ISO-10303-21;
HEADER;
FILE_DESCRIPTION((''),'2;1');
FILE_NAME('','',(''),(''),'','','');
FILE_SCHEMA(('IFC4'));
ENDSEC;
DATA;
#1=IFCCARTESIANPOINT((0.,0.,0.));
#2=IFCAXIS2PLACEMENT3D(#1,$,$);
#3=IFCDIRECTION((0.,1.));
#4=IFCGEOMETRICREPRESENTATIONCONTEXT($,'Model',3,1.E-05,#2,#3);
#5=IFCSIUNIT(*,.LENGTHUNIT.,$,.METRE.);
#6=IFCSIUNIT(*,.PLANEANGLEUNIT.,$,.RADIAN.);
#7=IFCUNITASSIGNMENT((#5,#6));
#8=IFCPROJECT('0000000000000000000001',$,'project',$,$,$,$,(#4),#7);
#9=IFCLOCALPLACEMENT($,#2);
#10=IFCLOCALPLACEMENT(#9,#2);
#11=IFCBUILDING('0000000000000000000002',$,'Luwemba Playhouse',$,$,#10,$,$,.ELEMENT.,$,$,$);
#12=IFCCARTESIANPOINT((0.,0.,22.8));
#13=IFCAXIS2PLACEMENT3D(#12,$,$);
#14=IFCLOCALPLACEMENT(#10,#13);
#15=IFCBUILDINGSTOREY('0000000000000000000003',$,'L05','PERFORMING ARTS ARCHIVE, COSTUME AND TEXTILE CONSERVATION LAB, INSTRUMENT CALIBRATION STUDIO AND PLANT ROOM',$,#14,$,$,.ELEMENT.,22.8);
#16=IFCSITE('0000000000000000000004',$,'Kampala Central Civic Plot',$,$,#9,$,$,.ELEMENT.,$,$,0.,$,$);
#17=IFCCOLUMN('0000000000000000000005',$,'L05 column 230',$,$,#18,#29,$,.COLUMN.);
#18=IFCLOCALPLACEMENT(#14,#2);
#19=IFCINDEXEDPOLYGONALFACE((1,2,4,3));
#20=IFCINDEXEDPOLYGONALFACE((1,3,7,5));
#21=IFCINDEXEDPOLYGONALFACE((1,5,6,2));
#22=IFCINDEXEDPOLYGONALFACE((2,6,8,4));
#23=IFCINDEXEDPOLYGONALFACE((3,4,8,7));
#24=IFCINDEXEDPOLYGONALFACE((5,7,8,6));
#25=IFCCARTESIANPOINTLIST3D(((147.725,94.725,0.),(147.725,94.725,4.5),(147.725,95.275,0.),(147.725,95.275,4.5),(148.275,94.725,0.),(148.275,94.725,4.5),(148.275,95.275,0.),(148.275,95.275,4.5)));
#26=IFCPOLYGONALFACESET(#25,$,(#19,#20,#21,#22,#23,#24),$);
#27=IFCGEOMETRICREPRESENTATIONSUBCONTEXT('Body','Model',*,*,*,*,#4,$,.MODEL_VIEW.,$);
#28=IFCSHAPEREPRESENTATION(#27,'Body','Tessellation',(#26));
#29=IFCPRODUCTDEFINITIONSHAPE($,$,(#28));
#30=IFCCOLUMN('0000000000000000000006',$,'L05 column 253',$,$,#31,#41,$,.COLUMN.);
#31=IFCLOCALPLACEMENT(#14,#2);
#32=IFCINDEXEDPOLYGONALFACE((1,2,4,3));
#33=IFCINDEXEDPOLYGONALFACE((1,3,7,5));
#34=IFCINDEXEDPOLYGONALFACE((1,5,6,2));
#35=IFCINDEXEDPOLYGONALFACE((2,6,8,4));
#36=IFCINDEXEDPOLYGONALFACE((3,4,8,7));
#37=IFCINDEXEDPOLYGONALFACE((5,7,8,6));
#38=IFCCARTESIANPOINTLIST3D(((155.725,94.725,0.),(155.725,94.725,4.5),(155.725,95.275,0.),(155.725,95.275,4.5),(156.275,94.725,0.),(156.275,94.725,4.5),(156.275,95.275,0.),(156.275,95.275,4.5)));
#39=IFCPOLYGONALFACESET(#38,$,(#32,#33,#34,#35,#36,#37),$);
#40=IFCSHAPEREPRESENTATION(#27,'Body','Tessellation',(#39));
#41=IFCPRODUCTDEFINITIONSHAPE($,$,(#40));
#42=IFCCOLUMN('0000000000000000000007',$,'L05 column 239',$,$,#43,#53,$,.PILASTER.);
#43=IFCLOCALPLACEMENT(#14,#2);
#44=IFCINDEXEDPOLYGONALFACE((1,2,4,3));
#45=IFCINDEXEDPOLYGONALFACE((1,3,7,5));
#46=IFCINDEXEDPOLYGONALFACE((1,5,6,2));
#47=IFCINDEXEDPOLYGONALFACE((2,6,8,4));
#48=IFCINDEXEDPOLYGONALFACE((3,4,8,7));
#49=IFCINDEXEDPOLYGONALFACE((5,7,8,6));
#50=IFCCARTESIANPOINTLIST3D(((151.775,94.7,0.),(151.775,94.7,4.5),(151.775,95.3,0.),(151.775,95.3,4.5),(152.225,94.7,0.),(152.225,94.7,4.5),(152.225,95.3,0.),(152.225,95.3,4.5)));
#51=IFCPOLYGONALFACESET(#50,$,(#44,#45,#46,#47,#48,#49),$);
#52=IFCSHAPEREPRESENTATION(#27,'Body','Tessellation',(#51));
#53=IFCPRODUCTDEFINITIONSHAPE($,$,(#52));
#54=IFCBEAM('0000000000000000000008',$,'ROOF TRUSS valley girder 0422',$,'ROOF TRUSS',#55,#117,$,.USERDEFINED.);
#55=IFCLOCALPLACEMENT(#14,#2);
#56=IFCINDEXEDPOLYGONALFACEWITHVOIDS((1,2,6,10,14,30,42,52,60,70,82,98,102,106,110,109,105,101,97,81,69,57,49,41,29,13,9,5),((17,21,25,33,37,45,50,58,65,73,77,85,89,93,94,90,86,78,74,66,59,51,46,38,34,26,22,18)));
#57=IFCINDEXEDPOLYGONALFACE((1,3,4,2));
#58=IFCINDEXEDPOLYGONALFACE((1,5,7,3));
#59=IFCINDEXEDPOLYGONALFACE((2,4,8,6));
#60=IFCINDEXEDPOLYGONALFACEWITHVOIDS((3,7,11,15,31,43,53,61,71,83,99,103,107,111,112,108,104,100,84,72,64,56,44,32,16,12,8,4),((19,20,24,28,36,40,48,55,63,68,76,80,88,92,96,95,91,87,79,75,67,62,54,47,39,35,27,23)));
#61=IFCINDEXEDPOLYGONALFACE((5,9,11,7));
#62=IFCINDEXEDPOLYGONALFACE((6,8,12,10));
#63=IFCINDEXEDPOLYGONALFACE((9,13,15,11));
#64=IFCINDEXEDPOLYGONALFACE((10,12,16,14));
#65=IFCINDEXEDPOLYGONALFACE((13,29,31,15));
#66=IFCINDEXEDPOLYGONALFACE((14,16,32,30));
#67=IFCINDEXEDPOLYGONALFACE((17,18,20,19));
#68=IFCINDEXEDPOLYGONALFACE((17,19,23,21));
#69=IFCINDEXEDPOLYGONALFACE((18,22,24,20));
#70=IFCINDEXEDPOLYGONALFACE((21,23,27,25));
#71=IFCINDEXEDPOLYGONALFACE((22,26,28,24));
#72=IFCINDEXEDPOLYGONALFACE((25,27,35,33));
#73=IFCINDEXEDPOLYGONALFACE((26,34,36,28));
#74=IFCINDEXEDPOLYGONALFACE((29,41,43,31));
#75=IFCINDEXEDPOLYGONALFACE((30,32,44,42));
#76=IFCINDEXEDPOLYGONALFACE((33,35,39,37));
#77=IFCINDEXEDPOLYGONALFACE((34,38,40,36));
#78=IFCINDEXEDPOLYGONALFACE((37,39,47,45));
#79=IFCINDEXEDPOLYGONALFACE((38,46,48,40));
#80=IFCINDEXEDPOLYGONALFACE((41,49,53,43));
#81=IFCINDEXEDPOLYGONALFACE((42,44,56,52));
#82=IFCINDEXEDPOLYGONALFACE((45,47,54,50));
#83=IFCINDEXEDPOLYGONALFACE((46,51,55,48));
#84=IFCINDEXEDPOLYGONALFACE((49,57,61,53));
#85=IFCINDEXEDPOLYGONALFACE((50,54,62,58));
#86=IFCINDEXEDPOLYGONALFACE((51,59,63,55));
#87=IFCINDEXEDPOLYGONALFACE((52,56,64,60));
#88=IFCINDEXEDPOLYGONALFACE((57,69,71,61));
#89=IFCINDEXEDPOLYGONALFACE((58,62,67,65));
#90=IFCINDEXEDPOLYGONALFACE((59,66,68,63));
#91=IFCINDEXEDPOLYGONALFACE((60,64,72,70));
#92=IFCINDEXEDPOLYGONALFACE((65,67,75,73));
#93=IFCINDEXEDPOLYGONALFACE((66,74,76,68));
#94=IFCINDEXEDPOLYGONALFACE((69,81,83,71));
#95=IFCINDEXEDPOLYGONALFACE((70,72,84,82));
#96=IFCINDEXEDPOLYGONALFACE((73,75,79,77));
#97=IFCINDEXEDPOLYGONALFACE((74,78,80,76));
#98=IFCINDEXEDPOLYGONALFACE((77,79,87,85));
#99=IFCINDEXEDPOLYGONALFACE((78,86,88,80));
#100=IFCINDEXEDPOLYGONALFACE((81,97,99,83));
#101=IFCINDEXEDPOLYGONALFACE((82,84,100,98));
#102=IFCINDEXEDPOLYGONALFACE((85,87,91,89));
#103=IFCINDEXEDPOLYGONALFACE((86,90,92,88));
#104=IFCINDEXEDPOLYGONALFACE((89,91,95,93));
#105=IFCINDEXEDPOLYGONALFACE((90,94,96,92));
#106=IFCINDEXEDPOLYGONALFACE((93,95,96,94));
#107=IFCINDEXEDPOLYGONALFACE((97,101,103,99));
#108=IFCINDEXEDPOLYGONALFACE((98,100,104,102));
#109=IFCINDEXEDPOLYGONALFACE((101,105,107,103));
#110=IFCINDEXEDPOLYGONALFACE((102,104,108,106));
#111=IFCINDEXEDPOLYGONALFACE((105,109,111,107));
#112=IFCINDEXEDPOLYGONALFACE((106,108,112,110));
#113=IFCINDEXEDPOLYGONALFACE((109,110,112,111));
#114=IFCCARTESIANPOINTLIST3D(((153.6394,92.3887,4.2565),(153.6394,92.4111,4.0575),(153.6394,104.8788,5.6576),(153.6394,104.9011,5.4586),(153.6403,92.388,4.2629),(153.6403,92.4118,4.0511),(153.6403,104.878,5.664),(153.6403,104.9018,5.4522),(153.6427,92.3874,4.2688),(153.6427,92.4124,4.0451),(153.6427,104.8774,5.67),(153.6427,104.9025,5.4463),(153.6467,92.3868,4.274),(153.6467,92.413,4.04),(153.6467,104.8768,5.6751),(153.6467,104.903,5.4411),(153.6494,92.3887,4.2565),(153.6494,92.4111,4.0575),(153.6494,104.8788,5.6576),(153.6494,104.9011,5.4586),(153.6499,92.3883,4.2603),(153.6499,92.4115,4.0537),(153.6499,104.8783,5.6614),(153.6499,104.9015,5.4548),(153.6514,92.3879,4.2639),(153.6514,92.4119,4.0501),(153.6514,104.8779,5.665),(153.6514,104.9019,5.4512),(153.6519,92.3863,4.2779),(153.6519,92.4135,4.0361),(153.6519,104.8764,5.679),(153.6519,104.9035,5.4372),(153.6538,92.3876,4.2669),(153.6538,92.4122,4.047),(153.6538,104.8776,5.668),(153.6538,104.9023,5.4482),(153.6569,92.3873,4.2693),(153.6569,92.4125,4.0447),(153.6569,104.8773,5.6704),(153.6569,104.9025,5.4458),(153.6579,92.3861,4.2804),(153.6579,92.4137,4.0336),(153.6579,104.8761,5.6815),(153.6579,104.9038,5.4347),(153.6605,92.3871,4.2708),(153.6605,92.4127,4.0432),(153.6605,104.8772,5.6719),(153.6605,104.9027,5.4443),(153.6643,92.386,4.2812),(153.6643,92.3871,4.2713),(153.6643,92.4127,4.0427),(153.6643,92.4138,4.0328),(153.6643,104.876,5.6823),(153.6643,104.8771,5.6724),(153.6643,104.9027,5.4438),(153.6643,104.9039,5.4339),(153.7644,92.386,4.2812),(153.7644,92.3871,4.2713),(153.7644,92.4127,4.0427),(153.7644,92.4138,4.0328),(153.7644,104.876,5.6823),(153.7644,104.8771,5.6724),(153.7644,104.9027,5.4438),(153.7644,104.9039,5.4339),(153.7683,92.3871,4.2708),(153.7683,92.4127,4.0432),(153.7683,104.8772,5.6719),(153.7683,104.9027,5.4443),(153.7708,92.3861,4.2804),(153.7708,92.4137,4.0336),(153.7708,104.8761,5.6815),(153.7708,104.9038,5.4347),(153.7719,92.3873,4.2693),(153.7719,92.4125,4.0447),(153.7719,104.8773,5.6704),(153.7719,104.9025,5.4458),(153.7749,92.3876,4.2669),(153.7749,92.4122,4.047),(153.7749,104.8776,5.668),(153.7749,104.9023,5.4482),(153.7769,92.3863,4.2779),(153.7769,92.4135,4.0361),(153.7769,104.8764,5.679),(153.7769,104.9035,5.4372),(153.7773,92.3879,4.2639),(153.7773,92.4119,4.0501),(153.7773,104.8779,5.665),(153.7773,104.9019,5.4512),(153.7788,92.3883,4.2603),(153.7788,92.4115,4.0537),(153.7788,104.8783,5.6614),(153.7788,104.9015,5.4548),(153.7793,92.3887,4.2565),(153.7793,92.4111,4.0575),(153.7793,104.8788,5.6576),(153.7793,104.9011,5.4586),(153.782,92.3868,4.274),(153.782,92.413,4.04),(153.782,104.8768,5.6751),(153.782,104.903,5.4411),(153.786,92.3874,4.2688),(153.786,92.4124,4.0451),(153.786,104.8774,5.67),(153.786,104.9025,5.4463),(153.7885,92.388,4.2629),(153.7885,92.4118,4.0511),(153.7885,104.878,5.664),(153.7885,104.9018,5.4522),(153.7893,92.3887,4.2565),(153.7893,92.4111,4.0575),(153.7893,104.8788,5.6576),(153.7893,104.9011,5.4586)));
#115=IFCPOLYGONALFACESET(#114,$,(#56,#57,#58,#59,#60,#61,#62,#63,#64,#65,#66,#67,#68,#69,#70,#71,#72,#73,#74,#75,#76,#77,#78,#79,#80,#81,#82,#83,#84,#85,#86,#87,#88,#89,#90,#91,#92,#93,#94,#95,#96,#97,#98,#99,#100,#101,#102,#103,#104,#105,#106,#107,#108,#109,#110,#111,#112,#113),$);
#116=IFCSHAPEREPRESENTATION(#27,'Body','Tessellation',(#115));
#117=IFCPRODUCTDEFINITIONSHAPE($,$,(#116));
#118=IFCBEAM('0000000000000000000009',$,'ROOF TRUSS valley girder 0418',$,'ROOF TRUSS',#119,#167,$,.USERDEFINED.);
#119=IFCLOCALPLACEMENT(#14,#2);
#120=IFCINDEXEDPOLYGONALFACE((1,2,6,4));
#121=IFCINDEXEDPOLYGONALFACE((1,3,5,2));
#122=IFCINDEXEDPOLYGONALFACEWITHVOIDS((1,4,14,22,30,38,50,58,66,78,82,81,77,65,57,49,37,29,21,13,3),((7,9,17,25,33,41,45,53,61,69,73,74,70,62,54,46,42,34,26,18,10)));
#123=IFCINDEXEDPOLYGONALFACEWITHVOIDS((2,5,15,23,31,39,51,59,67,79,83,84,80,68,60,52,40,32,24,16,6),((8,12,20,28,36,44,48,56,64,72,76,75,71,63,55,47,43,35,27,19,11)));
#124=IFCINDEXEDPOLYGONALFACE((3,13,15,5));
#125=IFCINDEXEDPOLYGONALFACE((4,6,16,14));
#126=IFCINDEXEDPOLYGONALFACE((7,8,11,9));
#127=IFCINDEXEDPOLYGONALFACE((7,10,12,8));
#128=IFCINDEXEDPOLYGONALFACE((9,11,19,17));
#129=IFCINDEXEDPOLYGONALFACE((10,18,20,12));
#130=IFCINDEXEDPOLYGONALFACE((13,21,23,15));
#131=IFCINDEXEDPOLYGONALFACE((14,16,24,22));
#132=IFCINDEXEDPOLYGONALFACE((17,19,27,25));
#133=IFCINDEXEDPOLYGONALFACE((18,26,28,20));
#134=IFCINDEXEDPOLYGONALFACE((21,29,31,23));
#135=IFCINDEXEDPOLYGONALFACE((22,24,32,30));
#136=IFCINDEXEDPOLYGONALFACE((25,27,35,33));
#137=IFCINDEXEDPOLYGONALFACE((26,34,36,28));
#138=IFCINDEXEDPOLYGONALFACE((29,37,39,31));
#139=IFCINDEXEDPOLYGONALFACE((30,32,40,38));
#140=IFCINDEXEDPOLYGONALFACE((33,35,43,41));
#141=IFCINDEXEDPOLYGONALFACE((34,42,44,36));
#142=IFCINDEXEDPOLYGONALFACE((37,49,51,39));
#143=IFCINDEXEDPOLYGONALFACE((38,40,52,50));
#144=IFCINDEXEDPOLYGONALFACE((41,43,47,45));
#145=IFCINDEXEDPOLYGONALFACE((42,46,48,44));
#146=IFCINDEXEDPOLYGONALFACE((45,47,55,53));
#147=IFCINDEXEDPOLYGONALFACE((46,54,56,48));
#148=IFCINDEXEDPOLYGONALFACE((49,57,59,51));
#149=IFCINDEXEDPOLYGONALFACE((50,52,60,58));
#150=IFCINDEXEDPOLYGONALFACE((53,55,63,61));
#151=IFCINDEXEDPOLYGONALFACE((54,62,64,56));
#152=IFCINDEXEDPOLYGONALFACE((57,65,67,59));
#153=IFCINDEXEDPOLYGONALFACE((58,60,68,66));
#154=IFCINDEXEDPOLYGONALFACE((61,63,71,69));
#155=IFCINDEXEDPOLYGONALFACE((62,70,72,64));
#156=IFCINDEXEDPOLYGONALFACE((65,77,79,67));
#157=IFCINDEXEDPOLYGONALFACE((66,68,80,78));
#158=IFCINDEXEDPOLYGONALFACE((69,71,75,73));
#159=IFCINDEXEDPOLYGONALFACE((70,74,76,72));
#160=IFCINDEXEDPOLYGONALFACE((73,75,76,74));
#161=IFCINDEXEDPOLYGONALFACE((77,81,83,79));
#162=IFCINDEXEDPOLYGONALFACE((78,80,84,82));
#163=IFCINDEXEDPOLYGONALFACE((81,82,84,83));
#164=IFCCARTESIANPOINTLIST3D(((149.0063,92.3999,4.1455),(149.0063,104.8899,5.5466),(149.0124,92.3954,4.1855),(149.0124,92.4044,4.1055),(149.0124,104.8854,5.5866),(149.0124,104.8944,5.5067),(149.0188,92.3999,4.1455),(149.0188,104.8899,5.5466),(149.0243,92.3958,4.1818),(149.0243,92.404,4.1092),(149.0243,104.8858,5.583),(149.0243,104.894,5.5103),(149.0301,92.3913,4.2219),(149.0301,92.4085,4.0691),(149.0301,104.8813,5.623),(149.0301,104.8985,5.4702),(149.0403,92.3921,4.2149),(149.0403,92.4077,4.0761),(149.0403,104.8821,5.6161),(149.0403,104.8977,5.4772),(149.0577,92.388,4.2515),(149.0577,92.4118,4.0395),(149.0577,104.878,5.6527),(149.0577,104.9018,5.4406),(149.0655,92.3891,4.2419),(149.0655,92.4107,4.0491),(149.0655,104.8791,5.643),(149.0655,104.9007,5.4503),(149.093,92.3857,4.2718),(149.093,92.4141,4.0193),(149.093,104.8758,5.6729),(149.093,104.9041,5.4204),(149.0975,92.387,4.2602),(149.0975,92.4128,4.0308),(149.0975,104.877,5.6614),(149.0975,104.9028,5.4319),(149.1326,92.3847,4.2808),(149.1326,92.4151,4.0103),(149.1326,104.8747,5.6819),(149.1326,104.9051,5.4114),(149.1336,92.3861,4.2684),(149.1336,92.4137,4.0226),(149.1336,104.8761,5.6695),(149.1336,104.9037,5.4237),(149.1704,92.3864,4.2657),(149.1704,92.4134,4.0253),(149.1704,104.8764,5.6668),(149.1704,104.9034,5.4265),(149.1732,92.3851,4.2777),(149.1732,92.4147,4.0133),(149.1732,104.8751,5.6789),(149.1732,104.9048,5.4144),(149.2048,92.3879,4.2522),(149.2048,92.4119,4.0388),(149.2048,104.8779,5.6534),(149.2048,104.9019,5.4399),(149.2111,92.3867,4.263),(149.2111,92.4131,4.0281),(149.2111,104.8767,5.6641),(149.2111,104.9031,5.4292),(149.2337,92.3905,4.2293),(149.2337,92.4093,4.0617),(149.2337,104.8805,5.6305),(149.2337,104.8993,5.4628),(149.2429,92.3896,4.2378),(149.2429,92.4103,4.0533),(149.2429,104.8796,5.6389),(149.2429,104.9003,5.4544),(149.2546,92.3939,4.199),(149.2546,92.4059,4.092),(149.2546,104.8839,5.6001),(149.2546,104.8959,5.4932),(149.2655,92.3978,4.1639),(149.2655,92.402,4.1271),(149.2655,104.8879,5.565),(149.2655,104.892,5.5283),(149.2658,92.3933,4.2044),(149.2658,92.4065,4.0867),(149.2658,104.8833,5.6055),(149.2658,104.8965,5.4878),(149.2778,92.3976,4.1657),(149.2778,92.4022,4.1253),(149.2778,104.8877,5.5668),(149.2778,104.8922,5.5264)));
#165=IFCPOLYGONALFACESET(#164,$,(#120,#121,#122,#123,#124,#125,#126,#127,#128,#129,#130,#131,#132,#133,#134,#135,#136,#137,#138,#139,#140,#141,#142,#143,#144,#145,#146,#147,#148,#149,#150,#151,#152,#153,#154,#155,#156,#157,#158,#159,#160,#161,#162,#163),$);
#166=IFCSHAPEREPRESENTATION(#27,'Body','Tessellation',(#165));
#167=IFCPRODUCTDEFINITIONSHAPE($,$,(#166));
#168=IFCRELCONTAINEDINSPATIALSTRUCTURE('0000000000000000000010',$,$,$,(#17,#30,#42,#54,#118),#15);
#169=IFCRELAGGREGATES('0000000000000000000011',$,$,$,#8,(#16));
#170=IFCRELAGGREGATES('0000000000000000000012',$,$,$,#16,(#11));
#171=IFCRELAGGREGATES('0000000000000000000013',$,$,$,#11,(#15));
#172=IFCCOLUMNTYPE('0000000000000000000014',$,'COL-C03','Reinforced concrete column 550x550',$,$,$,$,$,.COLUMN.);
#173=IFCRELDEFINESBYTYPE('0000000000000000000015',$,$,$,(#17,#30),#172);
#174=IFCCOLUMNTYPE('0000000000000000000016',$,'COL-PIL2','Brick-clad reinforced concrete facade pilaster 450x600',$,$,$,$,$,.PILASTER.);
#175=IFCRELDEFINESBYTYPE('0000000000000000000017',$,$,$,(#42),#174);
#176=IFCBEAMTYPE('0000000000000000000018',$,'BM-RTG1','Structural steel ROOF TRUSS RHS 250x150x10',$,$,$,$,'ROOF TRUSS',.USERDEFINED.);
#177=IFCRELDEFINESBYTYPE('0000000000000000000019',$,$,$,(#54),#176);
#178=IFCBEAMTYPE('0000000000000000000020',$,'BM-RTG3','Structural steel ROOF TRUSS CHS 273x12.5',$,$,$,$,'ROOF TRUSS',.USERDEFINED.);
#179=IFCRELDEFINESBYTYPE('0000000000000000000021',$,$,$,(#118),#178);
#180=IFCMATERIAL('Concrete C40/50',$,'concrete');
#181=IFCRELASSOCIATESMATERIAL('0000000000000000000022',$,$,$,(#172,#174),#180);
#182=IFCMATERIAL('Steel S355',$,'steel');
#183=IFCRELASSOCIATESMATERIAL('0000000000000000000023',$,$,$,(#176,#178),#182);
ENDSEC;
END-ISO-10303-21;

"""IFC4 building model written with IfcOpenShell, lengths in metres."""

from ifc_helpers import new_model, si_unit, direction, frame, origin, origin_2d, place, context, subcontext, project, spatial, rectangle, hollow_rectangle, hollow_circle, extrude, material, material_profile, profile_set, type_object, element, save


model = new_model("IFC4")

# Units and contexts
model_context = context("Model", 3, precision=1e-05, world=origin(), true_north=direction((0.0, 1.0)))
body_context = subcontext(model_context, "Body", "Model", "MODEL_VIEW")
ifc_project = project(units=[si_unit("LENGTHUNIT", "METRE"), si_unit("PLANEANGLEUNIT", "RADIAN")], contexts=[model_context])

# Site, building, storey
site_placement = place(None, origin())
site = spatial("IfcSite", under=ifc_project, at=site_placement, Name="Kampala Central Civic Plot", CompositionType="ELEMENT", RefElevation=0.0)
building_placement = place(site_placement, origin())
building = spatial("IfcBuilding", under=site, at=building_placement, Name="Luwemba Playhouse", CompositionType="ELEMENT")
storey_placement = place(building_placement, frame((0.0, 0.0, 22.8)))
storey = spatial("IfcBuildingStorey", under=building, at=storey_placement, Name="L05", Description="PERFORMING ARTS ARCHIVE, COSTUME AND TEXTILE CONSERVATION LAB, INSTRUMENT CALIBRATION STUDIO AND PLANT ROOM", CompositionType="ELEMENT", Elevation=22.8)

# Columns
ifc_material_1 = material(Name="Concrete C40/50", Category="concrete")
ifc_material_profile_1 = material_profile(ifc_material_1, rectangle(XDim=0.55, YDim=0.55, at=origin_2d()))
ifc_profile_set_1 = profile_set([ifc_material_profile_1], Name="Concrete C40/50")
column_type_1 = type_object("IfcColumnType", Name="COL-C03", Description="Reinforced concrete column 550x550", PredefinedType="COLUMN", material=ifc_profile_set_1)
for number, where, z_axis, x_axis, name in (
    (1, (148.0, 95.0, 0.0), (0.0, 0.0, 1.0), (1.0, 0.0, 0.0), "L05 column 230"),
    (2, (156.0, 95.0, 0.0), (0.0, 0.0, 1.0), (1.0, 0.0, 0.0), "L05 column 253"),
):
    element("IfcColumn", number, at=place(storey_placement, frame(where, z_axis=z_axis, x_axis=x_axis)), inside=storey, type_object=column_type_1, Name=name, PredefinedType="COLUMN", context=body_context, shape_type="SweptSolid", body=[
        extrude(rectangle(XDim=0.55, YDim=0.55, at=origin_2d()), origin(), (0.0, 0.0, 1.0), 4.5),
    ])
ifc_material_profile_2 = material_profile(ifc_material_1, rectangle(XDim=0.45, YDim=0.6001, at=origin_2d()))
ifc_profile_set_2 = profile_set([ifc_material_profile_2], Name="Concrete C40/50")
column_type_2 = type_object("IfcColumnType", Name="COL-PIL2", Description="Brick-clad reinforced concrete facade pilaster 450x600", PredefinedType="PILASTER", material=ifc_profile_set_2)
column_placement = place(storey_placement, frame((152.0, 95.0, 0.0), z_axis=(0.0, 0.0, 1.0), x_axis=(1.0, 0.0, 0.0)))
element("IfcColumn", 3, at=column_placement, inside=storey, type_object=column_type_2, Name="L05 column 239", PredefinedType="PILASTER", context=body_context, shape_type="SweptSolid", body=[
    extrude(rectangle(XDim=0.45, YDim=0.6001, at=origin_2d()), origin(), (0.0, 0.0, 1.0), 4.5),
])

# Beams
ifc_material_2 = material(Name="Steel S355", Category="steel")
ifc_material_profile_3 = material_profile(ifc_material_2, hollow_rectangle(XDim=0.1499, YDim=0.25, WallThickness=0.01, InnerFilletRadius=0.0149, OuterFilletRadius=0.0249, at=origin_2d()))
ifc_profile_set_3 = profile_set([ifc_material_profile_3], Name="Steel S355")
beam_type_1 = type_object("IfcBeamType", Name="BM-RTG1", Description="Structural steel ROOF TRUSS RHS 250x150x10", ElementType="ROOF TRUSS", PredefinedType="USERDEFINED", material=ifc_profile_set_3)
beam_1_placement = place(storey_placement, frame((153.7144, 92.3999, 4.157), z_axis=(0.0, 0.993767, 0.11148), x_axis=(-1.0, 0.0, 0.0)))
element("IfcBeam", 4, at=beam_1_placement, inside=storey, type_object=beam_type_1, Name="ROOF TRUSS valley girder 0422", ObjectType="ROOF TRUSS", PredefinedType="USERDEFINED", context=body_context, shape_type="SweptSolid", body=[
    extrude(hollow_rectangle(XDim=0.1499, YDim=0.25, WallThickness=0.01, InnerFilletRadius=0.0149, OuterFilletRadius=0.0249, at=origin_2d()), origin(), (0.0, 0.0, 1.0), 12.5684),
])
ifc_material_profile_4 = material_profile(ifc_material_2, hollow_circle(Radius=0.1365, WallThickness=0.0125, at=origin_2d()))
ifc_profile_set_4 = profile_set([ifc_material_profile_4], Name="Steel S355")
beam_type_2 = type_object("IfcBeamType", Name="BM-RTG3", Description="Structural steel ROOF TRUSS CHS 273x12.5", ElementType="ROOF TRUSS", PredefinedType="USERDEFINED", material=ifc_profile_set_4)
beam_2_placement = place(storey_placement, frame((149.1428, 92.3999, 4.1455), z_axis=(0.0, 0.993767, 0.11148), x_axis=(-1.0, 0.0, 0.0)))
element("IfcBeam", 5, at=beam_2_placement, inside=storey, type_object=beam_type_2, Name="ROOF TRUSS valley girder 0418", ObjectType="ROOF TRUSS", PredefinedType="USERDEFINED", context=body_context, shape_type="SweptSolid", body=[
    extrude(hollow_circle(Radius=0.1365, WallThickness=0.0125, at=origin_2d()), origin(), (0.0, 0.0, 1.0), 12.5684),
])

save(model, "model.ifc")
